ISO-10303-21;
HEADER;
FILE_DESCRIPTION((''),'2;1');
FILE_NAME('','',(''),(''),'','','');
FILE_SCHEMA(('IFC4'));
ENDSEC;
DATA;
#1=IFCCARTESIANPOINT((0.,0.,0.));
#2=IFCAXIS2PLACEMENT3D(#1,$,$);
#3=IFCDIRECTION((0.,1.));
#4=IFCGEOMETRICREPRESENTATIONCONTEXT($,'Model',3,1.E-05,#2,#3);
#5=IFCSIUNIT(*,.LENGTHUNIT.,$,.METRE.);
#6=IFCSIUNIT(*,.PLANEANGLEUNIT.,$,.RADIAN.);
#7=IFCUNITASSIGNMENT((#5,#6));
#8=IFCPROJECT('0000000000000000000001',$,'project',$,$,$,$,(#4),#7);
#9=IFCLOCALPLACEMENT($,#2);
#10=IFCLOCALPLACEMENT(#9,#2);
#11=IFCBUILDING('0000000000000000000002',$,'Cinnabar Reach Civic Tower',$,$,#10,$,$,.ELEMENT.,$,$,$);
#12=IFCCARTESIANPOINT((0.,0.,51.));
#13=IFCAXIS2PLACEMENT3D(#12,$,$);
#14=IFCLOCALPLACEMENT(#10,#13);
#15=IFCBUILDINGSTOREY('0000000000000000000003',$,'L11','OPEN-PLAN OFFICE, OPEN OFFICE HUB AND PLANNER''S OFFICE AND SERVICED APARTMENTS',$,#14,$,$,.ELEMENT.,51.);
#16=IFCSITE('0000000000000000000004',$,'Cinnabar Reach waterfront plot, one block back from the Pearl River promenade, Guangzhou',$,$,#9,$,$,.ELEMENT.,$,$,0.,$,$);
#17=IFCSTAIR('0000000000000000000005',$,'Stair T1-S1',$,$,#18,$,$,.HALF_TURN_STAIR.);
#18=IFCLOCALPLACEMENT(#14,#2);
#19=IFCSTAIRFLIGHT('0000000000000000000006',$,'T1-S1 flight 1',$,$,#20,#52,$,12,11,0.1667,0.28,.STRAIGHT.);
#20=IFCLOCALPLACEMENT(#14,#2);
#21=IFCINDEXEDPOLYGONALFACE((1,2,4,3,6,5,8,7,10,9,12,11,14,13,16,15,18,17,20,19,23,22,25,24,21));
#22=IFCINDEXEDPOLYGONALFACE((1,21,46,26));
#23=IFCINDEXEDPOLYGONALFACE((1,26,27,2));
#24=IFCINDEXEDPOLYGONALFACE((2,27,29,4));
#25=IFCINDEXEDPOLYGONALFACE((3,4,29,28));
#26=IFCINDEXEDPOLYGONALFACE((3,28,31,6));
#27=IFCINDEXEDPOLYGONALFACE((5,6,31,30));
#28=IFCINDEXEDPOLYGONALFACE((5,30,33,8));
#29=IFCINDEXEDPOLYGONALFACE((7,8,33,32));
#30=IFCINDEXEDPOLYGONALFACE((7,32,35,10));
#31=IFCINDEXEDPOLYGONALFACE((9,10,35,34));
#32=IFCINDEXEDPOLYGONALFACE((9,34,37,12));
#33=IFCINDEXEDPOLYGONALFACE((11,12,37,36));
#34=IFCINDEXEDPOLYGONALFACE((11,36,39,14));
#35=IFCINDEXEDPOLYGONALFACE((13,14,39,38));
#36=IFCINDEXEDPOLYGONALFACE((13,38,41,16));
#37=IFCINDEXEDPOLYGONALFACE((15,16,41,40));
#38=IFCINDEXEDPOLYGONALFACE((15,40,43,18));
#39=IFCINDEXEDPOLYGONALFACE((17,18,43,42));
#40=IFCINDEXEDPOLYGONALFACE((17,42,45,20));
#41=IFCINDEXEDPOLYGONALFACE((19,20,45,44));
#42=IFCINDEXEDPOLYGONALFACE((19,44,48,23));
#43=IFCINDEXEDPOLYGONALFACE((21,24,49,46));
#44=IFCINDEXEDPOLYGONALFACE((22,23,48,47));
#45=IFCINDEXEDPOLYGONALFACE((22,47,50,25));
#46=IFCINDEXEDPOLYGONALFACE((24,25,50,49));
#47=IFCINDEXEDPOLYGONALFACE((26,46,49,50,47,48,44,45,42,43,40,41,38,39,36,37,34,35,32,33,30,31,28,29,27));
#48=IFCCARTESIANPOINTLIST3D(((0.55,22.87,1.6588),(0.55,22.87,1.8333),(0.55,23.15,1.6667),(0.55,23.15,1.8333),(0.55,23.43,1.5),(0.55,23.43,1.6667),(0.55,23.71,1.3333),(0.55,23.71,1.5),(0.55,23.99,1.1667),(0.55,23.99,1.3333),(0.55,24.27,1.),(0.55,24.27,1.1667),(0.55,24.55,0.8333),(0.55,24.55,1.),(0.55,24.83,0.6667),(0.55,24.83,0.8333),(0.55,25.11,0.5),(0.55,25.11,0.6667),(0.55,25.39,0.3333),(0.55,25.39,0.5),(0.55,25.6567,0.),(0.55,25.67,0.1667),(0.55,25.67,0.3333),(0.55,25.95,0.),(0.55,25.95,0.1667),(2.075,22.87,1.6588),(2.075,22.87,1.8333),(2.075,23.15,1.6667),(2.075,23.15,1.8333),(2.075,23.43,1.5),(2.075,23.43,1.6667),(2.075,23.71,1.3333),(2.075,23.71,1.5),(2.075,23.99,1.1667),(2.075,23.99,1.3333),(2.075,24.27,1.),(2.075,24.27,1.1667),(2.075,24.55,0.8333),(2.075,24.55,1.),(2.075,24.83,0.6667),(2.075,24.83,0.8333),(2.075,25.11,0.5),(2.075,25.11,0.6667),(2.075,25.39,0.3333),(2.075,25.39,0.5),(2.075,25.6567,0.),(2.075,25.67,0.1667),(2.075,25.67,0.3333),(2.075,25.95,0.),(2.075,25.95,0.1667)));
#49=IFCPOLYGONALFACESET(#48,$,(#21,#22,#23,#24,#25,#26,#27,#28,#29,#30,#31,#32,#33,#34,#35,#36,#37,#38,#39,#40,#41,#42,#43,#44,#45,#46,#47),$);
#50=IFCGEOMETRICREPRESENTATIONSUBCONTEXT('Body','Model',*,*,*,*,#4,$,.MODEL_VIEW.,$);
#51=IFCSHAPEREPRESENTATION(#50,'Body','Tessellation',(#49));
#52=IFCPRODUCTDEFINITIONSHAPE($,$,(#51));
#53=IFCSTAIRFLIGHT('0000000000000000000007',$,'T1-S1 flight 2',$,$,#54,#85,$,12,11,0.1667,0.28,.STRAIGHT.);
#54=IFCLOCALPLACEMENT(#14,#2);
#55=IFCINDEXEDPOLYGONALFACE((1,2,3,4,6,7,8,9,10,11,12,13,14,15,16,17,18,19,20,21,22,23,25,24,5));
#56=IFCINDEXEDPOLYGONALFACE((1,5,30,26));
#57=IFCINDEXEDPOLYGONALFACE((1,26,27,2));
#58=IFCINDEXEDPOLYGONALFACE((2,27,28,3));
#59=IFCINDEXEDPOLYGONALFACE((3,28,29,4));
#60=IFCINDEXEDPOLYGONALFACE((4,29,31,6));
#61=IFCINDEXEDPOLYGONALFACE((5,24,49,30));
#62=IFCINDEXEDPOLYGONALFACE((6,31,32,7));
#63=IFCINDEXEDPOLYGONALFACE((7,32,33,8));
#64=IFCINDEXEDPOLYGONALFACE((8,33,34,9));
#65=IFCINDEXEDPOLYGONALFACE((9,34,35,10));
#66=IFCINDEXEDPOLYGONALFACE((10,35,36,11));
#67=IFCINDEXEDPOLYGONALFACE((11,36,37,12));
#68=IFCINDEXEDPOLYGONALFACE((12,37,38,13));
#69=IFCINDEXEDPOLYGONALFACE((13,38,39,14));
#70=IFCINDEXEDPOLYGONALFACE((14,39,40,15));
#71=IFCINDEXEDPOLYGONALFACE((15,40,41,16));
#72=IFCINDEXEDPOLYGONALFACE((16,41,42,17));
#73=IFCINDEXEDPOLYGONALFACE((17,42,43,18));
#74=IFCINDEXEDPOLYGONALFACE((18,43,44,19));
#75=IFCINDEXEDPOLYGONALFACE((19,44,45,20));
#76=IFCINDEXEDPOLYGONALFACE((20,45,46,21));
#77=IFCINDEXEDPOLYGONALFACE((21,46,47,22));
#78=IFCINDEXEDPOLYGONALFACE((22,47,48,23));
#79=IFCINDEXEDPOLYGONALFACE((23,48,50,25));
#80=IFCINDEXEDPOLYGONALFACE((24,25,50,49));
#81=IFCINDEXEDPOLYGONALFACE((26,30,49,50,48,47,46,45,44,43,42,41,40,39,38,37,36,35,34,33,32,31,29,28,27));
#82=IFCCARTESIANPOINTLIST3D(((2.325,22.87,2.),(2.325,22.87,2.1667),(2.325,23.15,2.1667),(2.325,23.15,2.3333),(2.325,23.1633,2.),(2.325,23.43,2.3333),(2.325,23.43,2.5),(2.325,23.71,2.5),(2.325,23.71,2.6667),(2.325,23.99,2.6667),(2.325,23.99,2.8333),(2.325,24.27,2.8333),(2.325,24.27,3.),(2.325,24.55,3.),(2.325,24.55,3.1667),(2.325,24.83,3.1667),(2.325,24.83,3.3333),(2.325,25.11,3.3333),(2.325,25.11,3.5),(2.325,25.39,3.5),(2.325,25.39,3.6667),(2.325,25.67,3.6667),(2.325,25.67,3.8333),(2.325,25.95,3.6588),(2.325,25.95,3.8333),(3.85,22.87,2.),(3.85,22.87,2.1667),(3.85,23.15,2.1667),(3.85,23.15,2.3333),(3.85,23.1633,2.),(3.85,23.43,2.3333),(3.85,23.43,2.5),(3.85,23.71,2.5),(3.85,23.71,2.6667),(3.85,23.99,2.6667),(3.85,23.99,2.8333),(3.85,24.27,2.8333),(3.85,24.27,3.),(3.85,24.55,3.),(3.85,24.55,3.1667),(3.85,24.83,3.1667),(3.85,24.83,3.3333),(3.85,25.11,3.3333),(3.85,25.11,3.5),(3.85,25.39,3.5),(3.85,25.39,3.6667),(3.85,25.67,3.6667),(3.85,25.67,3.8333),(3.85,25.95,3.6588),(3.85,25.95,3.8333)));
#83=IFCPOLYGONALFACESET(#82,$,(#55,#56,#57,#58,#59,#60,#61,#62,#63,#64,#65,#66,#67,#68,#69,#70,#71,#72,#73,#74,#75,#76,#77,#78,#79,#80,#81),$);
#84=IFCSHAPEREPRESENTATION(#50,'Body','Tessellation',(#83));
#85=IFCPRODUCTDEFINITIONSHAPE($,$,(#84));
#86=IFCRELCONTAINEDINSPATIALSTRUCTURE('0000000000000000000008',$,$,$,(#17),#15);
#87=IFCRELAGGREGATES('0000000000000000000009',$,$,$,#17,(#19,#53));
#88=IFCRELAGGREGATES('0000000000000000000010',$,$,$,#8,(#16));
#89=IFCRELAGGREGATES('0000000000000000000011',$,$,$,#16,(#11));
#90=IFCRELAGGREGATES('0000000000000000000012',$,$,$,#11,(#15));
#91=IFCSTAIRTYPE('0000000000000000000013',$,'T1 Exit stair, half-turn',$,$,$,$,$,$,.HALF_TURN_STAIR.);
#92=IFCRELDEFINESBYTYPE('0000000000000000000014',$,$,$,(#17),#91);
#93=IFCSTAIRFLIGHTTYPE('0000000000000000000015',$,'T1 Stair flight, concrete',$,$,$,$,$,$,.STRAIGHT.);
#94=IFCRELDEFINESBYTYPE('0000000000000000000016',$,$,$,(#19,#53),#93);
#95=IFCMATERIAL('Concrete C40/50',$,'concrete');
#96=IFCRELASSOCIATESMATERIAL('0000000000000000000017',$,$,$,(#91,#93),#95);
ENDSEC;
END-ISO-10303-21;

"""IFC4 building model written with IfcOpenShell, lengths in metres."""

from ifc_helpers import new_model, si_unit, direction, frame, origin, place, context, subcontext, project, spatial, polyline, outline, extrude, material, type_object, element, aggregate, save


model = new_model("IFC4")

# Units and contexts
model_context = context("Model", 3, precision=1e-05, world=origin(), true_north=direction((0.0, 1.0)))
body_context = subcontext(model_context, "Body", "Model", "MODEL_VIEW")
ifc_project = project(units=[si_unit("LENGTHUNIT", "METRE"), si_unit("PLANEANGLEUNIT", "RADIAN")], contexts=[model_context])

# Site, building, storey
site_placement = place(None, origin())
site = spatial("IfcSite", under=ifc_project, at=site_placement, Name="Cinnabar Reach waterfront plot, one block back from the Pearl River promenade, Guangzhou", CompositionType="ELEMENT", RefElevation=0.0)
building_placement = place(site_placement, origin())
building = spatial("IfcBuilding", under=site, at=building_placement, Name="Cinnabar Reach Civic Tower", CompositionType="ELEMENT")
storey_placement = place(building_placement, frame((0.0, 0.0, 51.0)))
storey = spatial("IfcBuildingStorey", under=building, at=storey_placement, Name="L11", Description="OPEN-PLAN OFFICE, OPEN OFFICE HUB AND PLANNER'S OFFICE AND SERVICED APARTMENTS", CompositionType="ELEMENT", Elevation=51.0)

# Stair, stair flights
ifc_material_1 = material(Name="Concrete C40/50", Category="concrete")
stair_type = type_object("IfcStairType", Name="T1 Exit stair, half-turn", PredefinedType="HALF_TURN_STAIR", material=ifc_material_1)
stair_placement = place(storey_placement, origin())
stair = element("IfcStair", 1, at=stair_placement, inside=storey, type_object=stair_type, Name="Stair T1-S1", PredefinedType="HALF_TURN_STAIR")
stair_flight_type = type_object("IfcStairFlightType", Name="T1 Stair flight, concrete", PredefinedType="STRAIGHT", material=ifc_material_1)
stair_flight_1_placement = place(storey_placement, frame((1.3125, 25.95, 0.0), z_axis=(0.0, 0.0, 1.0), x_axis=(0.0, -1.0, 0.0)))
stair_flight_1 = element("IfcStairFlight", 2, at=stair_flight_1_placement, type_object=stair_flight_type, Name="T1-S1 flight 1", NumberOfRisers=12, NumberOfTreads=11, PredefinedType="STRAIGHT", RiserHeight=0.1667, TreadLength=0.28, context=body_context, shape_type="SweptSolid", body=[
    extrude(outline(polyline([(0.0, 0.0), (0.0, 0.1667), (0.28, 0.1667), (0.28, 0.3333), (0.56, 0.3333), (0.56, 0.5), (0.84, 0.5), (0.84, 0.6667), (1.12, 0.6667), (1.12, 0.8333), (1.4, 0.8333), (1.4, 1.0), (1.68, 1.0), (1.68, 1.1667), (1.96, 1.1667), (1.96, 1.3333), (2.24, 1.3333), (2.24, 1.5), (2.52, 1.5), (2.52, 1.6667), (2.8, 1.6667), (2.8, 1.8333), (3.08, 1.8333), (3.08, 2.0), (3.08, 1.6588), (0.2933, 0.0), (0.0, 0.0)])), frame((0.0, 0.7625, 0.0), z_axis=(0.0, -1.0, 0.0), x_axis=(1.0, 0.0, 0.0)), (0.0, 0.0, 1.0), 1.525),
])
stair_flight_2_placement = place(storey_placement, frame((3.0875, 22.87, 2.0), z_axis=(0.0, 0.0, 1.0), x_axis=(0.0, 1.0, 0.0)))
stair_flight_2 = element("IfcStairFlight", 3, at=stair_flight_2_placement, type_object=stair_flight_type, Name="T1-S1 flight 2", NumberOfRisers=12, NumberOfTreads=11, PredefinedType="STRAIGHT", RiserHeight=0.1667, TreadLength=0.28, context=body_context, shape_type="SweptSolid", body=[
    extrude(outline(polyline([(0.0, 0.0), (0.0, 0.1667), (0.28, 0.1667), (0.28, 0.3333), (0.56, 0.3333), (0.56, 0.5), (0.84, 0.5), (0.84, 0.6667), (1.12, 0.6667), (1.12, 0.8333), (1.4, 0.8333), (1.4, 1.0), (1.68, 1.0), (1.68, 1.1667), (1.96, 1.1667), (1.96, 1.3333), (2.24, 1.3333), (2.24, 1.5), (2.52, 1.5), (2.52, 1.6667), (2.8, 1.6667), (2.8, 1.8333), (3.08, 1.8333), (3.08, 2.0), (3.08, 1.6588), (0.2933, 0.0), (0.0, 0.0)])), frame((0.0, 0.7625, 0.0), z_axis=(0.0, -1.0, 0.0), x_axis=(1.0, 0.0, 0.0)), (0.0, 0.0, 1.0), 1.525),
])
aggregate(stair, [stair_flight_1, stair_flight_2])

save(model, "model.ifc")
